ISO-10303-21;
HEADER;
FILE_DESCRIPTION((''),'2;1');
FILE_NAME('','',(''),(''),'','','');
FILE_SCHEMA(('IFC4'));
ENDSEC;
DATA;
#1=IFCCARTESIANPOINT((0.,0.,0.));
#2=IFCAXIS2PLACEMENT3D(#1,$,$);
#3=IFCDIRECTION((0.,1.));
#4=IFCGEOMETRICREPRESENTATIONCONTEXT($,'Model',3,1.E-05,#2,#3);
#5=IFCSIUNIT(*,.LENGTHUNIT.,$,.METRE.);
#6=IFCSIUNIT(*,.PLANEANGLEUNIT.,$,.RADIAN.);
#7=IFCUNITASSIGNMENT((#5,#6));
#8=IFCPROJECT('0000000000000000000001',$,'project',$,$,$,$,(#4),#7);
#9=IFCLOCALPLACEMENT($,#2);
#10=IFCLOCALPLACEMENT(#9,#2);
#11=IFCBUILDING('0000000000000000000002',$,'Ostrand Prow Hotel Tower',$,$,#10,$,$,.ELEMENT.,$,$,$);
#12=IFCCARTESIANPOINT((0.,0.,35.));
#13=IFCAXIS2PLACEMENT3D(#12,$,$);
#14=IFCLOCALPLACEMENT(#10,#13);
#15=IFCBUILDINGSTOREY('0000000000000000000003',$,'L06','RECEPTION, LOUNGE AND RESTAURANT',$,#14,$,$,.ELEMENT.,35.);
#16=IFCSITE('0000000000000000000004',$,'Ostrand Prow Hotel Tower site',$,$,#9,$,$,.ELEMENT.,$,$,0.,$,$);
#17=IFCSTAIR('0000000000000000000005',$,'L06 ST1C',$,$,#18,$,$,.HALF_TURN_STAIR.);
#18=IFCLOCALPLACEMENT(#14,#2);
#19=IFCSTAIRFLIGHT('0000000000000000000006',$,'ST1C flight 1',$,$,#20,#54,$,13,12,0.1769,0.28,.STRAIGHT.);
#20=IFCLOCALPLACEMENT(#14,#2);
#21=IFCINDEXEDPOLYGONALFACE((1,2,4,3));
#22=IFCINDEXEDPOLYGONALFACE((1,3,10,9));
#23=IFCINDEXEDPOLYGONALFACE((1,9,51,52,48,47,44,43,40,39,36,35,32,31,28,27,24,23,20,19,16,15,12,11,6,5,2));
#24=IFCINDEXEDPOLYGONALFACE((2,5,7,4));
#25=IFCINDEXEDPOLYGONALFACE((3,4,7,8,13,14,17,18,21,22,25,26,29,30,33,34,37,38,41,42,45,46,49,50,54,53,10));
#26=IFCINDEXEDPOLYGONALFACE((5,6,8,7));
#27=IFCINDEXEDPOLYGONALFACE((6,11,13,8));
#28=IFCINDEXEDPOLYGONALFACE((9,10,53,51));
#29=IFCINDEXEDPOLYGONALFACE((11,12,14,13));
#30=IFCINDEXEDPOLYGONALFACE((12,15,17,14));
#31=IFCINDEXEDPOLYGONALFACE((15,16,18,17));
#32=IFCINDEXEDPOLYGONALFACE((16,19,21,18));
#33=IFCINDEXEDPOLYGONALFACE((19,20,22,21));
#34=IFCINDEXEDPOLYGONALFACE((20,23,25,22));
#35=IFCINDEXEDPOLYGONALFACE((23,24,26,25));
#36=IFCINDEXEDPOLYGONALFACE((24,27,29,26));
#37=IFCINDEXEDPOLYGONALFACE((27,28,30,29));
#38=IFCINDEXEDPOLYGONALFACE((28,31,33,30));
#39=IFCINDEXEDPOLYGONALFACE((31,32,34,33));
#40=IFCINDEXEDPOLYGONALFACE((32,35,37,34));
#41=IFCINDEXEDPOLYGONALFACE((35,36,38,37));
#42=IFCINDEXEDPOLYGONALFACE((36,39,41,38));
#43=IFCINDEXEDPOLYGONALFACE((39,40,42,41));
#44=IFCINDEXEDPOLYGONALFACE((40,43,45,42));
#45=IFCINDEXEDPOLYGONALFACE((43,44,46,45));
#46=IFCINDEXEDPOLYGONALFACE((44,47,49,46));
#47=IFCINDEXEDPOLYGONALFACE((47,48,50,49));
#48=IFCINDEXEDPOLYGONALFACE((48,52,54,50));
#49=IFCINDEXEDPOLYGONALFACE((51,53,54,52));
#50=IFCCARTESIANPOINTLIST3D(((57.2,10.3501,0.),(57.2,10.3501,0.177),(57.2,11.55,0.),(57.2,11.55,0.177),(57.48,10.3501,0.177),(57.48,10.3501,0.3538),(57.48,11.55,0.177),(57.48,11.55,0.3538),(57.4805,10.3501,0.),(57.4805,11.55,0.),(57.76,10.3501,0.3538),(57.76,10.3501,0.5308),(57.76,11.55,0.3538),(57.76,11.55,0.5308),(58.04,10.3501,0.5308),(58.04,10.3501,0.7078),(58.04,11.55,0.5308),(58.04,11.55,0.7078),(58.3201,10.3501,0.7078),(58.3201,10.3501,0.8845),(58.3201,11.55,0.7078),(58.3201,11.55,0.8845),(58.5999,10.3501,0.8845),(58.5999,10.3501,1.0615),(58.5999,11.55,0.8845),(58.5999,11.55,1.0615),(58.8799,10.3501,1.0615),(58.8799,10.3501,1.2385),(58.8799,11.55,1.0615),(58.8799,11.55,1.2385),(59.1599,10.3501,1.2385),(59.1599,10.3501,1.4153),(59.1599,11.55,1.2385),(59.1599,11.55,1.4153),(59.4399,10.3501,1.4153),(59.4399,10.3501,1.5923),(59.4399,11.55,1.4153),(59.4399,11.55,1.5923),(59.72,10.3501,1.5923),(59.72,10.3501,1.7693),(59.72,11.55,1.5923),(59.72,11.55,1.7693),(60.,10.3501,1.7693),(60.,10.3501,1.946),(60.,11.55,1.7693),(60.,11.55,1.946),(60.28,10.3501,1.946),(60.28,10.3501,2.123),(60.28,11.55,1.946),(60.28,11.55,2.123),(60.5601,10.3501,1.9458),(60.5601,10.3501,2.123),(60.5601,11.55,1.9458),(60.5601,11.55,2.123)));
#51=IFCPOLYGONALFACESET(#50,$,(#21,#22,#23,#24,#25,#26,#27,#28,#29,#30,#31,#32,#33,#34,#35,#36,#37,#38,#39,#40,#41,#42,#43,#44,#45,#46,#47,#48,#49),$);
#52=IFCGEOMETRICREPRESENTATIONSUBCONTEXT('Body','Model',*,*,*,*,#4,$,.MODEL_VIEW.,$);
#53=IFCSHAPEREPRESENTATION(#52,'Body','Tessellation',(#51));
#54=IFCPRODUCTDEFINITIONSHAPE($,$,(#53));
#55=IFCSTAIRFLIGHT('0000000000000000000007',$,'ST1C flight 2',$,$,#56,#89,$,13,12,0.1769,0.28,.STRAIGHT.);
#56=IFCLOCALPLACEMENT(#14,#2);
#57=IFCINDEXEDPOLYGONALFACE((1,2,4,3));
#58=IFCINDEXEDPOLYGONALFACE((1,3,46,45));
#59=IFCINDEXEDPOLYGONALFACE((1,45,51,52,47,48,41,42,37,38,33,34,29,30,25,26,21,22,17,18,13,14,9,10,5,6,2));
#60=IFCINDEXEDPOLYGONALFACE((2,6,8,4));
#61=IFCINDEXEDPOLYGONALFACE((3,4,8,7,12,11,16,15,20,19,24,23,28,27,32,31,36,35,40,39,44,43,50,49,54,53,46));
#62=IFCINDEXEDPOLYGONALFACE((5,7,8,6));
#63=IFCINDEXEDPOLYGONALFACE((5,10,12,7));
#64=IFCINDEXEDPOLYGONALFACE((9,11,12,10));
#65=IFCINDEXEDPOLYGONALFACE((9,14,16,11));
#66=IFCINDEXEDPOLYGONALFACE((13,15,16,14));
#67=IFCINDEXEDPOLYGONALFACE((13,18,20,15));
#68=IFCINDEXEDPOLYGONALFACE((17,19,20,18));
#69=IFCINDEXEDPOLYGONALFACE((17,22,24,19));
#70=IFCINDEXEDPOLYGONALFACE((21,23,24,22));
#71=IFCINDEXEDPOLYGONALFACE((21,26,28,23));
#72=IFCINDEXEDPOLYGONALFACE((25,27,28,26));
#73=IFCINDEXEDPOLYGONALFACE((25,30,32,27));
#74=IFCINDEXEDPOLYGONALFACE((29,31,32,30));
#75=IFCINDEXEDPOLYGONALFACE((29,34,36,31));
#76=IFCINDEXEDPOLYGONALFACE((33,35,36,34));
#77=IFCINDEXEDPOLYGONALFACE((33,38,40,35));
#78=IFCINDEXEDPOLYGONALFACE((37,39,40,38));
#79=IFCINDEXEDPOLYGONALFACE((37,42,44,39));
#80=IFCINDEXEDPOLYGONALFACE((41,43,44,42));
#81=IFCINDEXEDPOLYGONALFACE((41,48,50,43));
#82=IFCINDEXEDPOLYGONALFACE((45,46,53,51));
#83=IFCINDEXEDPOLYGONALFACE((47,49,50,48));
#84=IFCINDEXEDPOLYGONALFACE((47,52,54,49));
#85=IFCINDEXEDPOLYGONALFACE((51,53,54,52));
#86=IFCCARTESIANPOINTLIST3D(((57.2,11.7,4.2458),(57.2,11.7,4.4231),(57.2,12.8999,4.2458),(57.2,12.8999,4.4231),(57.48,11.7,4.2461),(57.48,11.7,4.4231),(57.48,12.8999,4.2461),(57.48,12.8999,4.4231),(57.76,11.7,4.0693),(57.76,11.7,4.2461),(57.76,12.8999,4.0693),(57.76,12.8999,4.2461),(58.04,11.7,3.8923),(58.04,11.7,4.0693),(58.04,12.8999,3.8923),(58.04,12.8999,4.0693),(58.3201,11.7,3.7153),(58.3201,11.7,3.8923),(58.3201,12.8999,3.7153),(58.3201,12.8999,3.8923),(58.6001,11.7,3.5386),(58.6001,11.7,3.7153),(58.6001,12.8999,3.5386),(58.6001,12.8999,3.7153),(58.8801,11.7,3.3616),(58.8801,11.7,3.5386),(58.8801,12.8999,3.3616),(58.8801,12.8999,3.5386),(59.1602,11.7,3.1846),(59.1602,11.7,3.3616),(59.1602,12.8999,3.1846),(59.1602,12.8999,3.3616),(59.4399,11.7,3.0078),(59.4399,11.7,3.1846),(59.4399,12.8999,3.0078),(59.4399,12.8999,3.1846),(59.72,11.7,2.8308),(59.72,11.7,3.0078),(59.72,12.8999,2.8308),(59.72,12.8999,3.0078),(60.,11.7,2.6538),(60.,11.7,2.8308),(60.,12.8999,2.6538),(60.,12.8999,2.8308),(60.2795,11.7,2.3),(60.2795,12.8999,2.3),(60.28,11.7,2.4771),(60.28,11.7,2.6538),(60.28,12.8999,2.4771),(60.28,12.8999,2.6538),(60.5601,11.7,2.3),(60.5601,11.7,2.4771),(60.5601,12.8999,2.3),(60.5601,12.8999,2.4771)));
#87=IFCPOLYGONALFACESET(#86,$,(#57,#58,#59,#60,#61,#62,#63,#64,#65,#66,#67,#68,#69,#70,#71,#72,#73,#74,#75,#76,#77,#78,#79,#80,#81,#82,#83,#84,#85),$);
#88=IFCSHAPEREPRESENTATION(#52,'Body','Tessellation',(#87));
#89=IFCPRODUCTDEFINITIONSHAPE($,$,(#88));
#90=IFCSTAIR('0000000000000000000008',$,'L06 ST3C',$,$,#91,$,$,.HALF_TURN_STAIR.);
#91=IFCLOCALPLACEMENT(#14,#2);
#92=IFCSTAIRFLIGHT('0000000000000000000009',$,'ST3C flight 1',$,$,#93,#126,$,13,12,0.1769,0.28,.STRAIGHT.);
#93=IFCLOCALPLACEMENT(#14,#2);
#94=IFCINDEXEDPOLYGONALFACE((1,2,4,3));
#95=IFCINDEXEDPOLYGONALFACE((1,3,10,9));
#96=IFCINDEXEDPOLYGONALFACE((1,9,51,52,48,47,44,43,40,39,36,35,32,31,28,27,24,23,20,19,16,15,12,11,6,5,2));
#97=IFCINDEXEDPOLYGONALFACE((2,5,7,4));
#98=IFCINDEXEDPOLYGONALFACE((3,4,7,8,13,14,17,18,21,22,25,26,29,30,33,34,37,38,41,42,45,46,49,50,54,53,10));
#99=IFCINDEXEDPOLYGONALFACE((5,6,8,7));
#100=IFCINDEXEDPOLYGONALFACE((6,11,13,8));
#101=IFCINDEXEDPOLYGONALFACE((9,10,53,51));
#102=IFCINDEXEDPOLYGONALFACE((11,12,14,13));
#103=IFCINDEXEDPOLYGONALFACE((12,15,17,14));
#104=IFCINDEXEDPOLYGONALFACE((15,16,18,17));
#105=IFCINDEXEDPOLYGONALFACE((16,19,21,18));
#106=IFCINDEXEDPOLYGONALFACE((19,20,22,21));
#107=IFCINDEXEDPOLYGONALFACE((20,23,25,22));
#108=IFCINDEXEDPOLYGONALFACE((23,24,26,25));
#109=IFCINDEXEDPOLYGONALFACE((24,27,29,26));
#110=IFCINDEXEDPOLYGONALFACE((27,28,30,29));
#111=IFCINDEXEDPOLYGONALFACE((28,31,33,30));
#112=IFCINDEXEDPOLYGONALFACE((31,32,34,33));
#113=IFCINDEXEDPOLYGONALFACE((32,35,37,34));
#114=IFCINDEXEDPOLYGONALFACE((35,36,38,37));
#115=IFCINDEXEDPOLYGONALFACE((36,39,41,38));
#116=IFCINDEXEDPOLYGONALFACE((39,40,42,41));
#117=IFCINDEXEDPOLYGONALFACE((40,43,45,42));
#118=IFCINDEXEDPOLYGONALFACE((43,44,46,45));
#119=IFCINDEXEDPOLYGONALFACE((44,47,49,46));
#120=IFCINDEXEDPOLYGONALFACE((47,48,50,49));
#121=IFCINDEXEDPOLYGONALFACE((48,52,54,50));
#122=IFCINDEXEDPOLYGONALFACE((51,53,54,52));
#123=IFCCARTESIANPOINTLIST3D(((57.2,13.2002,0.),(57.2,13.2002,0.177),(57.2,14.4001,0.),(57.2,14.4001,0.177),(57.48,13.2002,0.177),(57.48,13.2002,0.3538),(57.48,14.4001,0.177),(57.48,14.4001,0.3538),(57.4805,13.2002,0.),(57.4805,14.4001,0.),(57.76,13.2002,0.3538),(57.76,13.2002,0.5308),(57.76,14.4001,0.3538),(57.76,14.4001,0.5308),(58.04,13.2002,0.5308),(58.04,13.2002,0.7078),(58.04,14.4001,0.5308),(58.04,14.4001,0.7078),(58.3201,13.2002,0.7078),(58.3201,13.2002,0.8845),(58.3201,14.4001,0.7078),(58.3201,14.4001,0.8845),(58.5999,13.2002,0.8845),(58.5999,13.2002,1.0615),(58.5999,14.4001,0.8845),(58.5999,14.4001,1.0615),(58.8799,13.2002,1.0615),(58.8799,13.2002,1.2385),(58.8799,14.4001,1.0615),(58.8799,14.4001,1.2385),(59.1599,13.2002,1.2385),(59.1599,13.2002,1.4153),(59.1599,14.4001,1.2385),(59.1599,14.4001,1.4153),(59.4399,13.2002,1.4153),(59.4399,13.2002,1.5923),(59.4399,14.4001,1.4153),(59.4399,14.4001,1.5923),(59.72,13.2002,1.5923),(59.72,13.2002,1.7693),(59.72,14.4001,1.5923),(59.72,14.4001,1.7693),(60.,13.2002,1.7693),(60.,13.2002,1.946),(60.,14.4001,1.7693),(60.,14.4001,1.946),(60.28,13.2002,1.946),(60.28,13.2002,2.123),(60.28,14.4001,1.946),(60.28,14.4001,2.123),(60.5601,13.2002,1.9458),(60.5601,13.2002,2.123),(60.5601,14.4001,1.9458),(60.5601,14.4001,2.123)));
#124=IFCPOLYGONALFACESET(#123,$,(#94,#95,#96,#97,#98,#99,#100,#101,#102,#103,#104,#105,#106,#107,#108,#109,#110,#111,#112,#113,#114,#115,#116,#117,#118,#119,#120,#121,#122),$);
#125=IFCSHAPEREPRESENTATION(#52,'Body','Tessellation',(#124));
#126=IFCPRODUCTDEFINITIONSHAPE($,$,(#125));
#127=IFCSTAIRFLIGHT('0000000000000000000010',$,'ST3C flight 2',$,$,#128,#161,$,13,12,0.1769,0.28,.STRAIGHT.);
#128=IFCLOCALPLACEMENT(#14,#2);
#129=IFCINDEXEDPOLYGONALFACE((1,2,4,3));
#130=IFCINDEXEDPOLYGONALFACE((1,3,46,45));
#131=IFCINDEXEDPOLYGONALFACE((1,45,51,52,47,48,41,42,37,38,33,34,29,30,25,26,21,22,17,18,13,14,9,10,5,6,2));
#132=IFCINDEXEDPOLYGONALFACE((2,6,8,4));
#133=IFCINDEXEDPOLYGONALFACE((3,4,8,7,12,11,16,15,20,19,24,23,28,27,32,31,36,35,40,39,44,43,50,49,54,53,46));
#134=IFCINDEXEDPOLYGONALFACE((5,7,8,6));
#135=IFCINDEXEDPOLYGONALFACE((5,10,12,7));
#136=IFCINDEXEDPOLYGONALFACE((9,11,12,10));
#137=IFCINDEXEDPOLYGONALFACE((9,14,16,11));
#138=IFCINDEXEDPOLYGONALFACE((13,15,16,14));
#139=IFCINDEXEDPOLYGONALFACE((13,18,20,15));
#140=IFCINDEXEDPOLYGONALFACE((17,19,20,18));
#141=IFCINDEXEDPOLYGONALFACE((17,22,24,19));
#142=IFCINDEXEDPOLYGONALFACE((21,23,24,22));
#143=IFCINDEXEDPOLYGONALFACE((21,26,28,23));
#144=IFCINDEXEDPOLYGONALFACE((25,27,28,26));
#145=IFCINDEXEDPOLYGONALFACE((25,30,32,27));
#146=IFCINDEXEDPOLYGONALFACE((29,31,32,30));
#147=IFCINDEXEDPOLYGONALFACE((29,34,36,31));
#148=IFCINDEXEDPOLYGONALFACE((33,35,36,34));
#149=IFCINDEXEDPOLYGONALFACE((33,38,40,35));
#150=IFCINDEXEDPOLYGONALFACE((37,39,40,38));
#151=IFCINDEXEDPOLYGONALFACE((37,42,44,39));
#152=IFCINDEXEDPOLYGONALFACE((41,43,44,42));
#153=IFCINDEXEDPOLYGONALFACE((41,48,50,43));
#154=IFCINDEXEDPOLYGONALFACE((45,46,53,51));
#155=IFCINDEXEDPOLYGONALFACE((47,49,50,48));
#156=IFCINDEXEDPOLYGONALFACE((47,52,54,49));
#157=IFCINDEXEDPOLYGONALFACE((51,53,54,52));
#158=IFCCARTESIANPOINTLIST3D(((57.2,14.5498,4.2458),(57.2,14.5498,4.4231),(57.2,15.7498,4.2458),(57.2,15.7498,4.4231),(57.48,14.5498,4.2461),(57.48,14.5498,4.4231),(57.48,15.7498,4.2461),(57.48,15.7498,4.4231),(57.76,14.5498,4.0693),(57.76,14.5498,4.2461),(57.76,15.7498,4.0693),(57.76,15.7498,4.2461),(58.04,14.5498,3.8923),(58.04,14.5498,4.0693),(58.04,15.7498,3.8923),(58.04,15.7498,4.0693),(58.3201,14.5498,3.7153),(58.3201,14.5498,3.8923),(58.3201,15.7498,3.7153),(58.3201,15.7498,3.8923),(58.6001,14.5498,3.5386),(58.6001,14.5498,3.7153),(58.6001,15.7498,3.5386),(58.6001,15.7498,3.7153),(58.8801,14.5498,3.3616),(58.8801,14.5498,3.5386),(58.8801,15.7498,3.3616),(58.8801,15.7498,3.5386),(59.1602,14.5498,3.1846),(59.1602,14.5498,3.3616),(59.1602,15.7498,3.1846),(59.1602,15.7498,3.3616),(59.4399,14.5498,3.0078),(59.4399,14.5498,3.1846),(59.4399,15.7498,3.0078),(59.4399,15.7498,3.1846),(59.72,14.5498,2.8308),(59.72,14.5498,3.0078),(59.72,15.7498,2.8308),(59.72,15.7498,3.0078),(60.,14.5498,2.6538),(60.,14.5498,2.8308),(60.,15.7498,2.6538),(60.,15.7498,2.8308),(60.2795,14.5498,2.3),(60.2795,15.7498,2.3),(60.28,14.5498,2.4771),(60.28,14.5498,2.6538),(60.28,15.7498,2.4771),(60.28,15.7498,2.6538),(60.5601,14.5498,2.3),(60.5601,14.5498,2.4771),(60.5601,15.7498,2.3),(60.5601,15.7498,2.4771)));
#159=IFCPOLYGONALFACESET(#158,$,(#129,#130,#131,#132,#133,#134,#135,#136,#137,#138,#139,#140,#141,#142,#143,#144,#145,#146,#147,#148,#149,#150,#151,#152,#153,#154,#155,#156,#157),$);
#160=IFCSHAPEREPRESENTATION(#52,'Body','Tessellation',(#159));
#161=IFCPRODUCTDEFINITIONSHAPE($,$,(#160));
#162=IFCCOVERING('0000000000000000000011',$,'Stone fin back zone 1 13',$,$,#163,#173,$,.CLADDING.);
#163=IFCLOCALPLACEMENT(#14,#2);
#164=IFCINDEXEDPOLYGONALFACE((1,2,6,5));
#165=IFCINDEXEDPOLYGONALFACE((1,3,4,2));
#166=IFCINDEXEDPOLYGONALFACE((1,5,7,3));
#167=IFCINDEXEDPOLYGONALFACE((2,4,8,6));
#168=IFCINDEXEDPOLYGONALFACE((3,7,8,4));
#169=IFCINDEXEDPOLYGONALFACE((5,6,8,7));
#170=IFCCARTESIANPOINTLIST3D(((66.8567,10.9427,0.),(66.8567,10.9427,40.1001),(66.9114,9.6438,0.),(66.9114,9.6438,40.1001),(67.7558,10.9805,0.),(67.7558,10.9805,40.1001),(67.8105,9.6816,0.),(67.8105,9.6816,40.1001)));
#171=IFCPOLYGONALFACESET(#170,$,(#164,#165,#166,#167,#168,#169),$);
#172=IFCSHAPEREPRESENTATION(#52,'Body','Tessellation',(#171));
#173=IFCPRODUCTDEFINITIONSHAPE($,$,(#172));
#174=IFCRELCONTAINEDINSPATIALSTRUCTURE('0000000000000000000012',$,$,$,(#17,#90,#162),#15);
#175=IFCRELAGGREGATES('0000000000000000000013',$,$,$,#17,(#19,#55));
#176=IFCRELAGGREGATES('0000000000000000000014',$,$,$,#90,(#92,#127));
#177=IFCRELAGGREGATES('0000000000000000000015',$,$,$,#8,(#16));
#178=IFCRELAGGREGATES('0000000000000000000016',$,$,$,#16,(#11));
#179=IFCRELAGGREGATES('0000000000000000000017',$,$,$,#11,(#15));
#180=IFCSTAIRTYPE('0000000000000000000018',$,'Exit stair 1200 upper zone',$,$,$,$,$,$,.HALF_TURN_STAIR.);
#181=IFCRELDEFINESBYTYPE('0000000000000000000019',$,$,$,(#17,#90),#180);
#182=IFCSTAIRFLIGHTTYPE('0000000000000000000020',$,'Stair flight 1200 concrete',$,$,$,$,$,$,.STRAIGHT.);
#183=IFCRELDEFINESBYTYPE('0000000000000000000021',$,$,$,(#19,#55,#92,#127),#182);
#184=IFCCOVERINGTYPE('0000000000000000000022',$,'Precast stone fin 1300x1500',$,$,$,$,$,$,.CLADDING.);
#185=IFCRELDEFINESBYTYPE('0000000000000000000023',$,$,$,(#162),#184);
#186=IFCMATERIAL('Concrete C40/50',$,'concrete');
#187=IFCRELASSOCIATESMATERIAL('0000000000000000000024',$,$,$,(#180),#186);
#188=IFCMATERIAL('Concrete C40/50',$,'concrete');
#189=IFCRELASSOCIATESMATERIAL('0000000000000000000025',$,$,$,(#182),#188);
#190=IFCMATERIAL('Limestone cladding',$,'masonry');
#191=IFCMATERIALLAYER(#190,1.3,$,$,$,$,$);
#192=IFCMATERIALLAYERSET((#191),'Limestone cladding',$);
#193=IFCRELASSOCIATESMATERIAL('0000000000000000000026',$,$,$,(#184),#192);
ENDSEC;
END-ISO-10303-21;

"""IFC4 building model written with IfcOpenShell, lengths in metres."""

from ifc_helpers import new_model, si_unit, direction, frame, frame_2d, origin, place, context, subcontext, project, spatial, polyline, rectangle, outline, extrude, material, layer, layer_set, type_object, element, aggregate, save


model = new_model("IFC4")

# Units and contexts
model_context = context("Model", 3, precision=1e-05, world=origin(), true_north=direction((0.0, 1.0)))
body_context = subcontext(model_context, "Body", "Model", "MODEL_VIEW")
ifc_project = project(units=[si_unit("LENGTHUNIT", "METRE"), si_unit("PLANEANGLEUNIT", "RADIAN")], contexts=[model_context])

# Site, building, storey
site_placement = place(None, origin())
site = spatial("IfcSite", under=ifc_project, at=site_placement, Name="Ostrand Prow Hotel Tower site", CompositionType="ELEMENT", RefElevation=0.0)
building_placement = place(site_placement, origin())
building = spatial("IfcBuilding", under=site, at=building_placement, Name="Ostrand Prow Hotel Tower", CompositionType="ELEMENT")
storey_placement = place(building_placement, frame((0.0, 0.0, 35.0)))
storey = spatial("IfcBuildingStorey", under=building, at=storey_placement, Name="L06", Description="RECEPTION, LOUNGE AND RESTAURANT", CompositionType="ELEMENT", Elevation=35.0)

# Stairs, stair flights
ifc_material_1 = material(Name="Concrete C40/50", Category="concrete")
stair_type = type_object("IfcStairType", Name="Exit stair 1200 upper zone", PredefinedType="HALF_TURN_STAIR", material=ifc_material_1)
stair_1_placement = place(storey_placement, origin())
stair_1 = element("IfcStair", 1, at=stair_1_placement, inside=storey, type_object=stair_type, Name="L06 ST1C", PredefinedType="HALF_TURN_STAIR")
ifc_material_2 = material(Name="Concrete C40/50", Category="concrete")
stair_flight_type = type_object("IfcStairFlightType", Name="Stair flight 1200 concrete", PredefinedType="STRAIGHT", material=ifc_material_2)
stair_flight_1_placement = place(storey_placement, frame((57.2, 10.95, 0.0), z_axis=(0.0, 0.0, 1.0), x_axis=(1.0, 0.0, 0.0)))
stair_flight_1 = element("IfcStairFlight", 2, at=stair_flight_1_placement, type_object=stair_flight_type, Name="ST1C flight 1", NumberOfRisers=13, NumberOfTreads=12, PredefinedType="STRAIGHT", RiserHeight=0.1769, TreadLength=0.28, context=body_context, shape_type="SweptSolid", body=[
    extrude(outline(polyline([(0.0, 0.0), (0.0, 0.177), (0.28, 0.177), (0.28, 0.3538), (0.5601, 0.3538), (0.5601, 0.5308), (0.8401, 0.5308), (0.8401, 0.7078), (1.1201, 0.7078), (1.1201, 0.8845), (1.3999, 0.8845), (1.3999, 1.0615), (1.6799, 1.0615), (1.6799, 1.2385), (1.96, 1.2385), (1.96, 1.4153), (2.24, 1.4153), (2.24, 1.5923), (2.52, 1.5923), (2.52, 1.7693), (2.8, 1.7693), (2.8, 1.946), (3.0801, 1.946), (3.0801, 2.123), (3.3601, 2.123), (3.3601, 2.3), (3.3601, 1.9458), (0.2805, 0.0), (0.0, 0.0)])), frame((0.0, 0.6001, 0.0), z_axis=(0.0, -1.0, 0.0), x_axis=(1.0, 0.0, 0.0)), (0.0, 0.0, 1.0), 1.2),
])
stair_flight_2_placement = place(storey_placement, frame((60.5601, 12.3, 2.3), z_axis=(0.0, 0.0, 1.0), x_axis=(-1.0, 0.0, 0.0)))
stair_flight_2 = element("IfcStairFlight", 3, at=stair_flight_2_placement, type_object=stair_flight_type, Name="ST1C flight 2", NumberOfRisers=13, NumberOfTreads=12, PredefinedType="STRAIGHT", RiserHeight=0.1769, TreadLength=0.28, context=body_context, shape_type="SweptSolid", body=[
    extrude(outline(polyline([(0.0, 0.0), (0.0, 0.177), (0.28, 0.177), (0.28, 0.3538), (0.5601, 0.3538), (0.5601, 0.5308), (0.8401, 0.5308), (0.8401, 0.7078), (1.1201, 0.7078), (1.1201, 0.8845), (1.3999, 0.8845), (1.3999, 1.0615), (1.6799, 1.0615), (1.6799, 1.2385), (1.96, 1.2385), (1.96, 1.4153), (2.24, 1.4153), (2.24, 1.5923), (2.52, 1.5923), (2.52, 1.7693), (2.8, 1.7693), (2.8, 1.946), (3.0801, 1.946), (3.0801, 2.123), (3.3601, 2.123), (3.3601, 2.3), (3.3601, 1.9458), (0.2805, 0.0), (0.0, 0.0)])), frame((0.0, 0.6001, 0.0), z_axis=(0.0, -1.0, 0.0), x_axis=(1.0, 0.0, 0.0)), (0.0, 0.0, 1.0), 1.2),
])
aggregate(stair_1, [stair_flight_1, stair_flight_2])
stair_2_placement = place(storey_placement, origin())
stair_2 = element("IfcStair", 4, at=stair_2_placement, inside=storey, type_object=stair_type, Name="L06 ST3C", PredefinedType="HALF_TURN_STAIR")
stair_flight_3_placement = place(storey_placement, frame((57.2, 13.8, 0.0), z_axis=(0.0, 0.0, 1.0), x_axis=(1.0, 0.0, 0.0)))
stair_flight_3 = element("IfcStairFlight", 5, at=stair_flight_3_placement, type_object=stair_flight_type, Name="ST3C flight 1", NumberOfRisers=13, NumberOfTreads=12, PredefinedType="STRAIGHT", RiserHeight=0.1769, TreadLength=0.28, context=body_context, shape_type="SweptSolid", body=[
    extrude(outline(polyline([(0.0, 0.0), (0.0, 0.177), (0.28, 0.177), (0.28, 0.3538), (0.5601, 0.3538), (0.5601, 0.5308), (0.8401, 0.5308), (0.8401, 0.7078), (1.1201, 0.7078), (1.1201, 0.8845), (1.3999, 0.8845), (1.3999, 1.0615), (1.6799, 1.0615), (1.6799, 1.2385), (1.96, 1.2385), (1.96, 1.4153), (2.24, 1.4153), (2.24, 1.5923), (2.52, 1.5923), (2.52, 1.7693), (2.8, 1.7693), (2.8, 1.946), (3.0801, 1.946), (3.0801, 2.123), (3.3601, 2.123), (3.3601, 2.3), (3.3601, 1.9458), (0.2805, 0.0), (0.0, 0.0)])), frame((0.0, 0.6001, 0.0), z_axis=(0.0, -1.0, 0.0), x_axis=(1.0, 0.0, 0.0)), (0.0, 0.0, 1.0), 1.2),
])
stair_flight_4_placement = place(storey_placement, frame((60.5601, 15.1499, 2.3), z_axis=(0.0, 0.0, 1.0), x_axis=(-1.0, 0.0, 0.0)))
stair_flight_4 = element("IfcStairFlight", 6, at=stair_flight_4_placement, type_object=stair_flight_type, Name="ST3C flight 2", NumberOfRisers=13, NumberOfTreads=12, PredefinedType="STRAIGHT", RiserHeight=0.1769, TreadLength=0.28, context=body_context, shape_type="SweptSolid", body=[
    extrude(outline(polyline([(0.0, 0.0), (0.0, 0.177), (0.28, 0.177), (0.28, 0.3538), (0.5601, 0.3538), (0.5601, 0.5308), (0.8401, 0.5308), (0.8401, 0.7078), (1.1201, 0.7078), (1.1201, 0.8845), (1.3999, 0.8845), (1.3999, 1.0615), (1.6799, 1.0615), (1.6799, 1.2385), (1.96, 1.2385), (1.96, 1.4153), (2.24, 1.4153), (2.24, 1.5923), (2.52, 1.5923), (2.52, 1.7693), (2.8, 1.7693), (2.8, 1.946), (3.0801, 1.946), (3.0801, 2.123), (3.3601, 2.123), (3.3601, 2.3), (3.3601, 1.9458), (0.2805, 0.0), (0.0, 0.0)])), frame((0.0, 0.6001, 0.0), z_axis=(0.0, -1.0, 0.0), x_axis=(1.0, 0.0, 0.0)), (0.0, 0.0, 1.0), 1.2),
])
aggregate(stair_2, [stair_flight_3, stair_flight_4])

# Covering
ifc_material_3 = material(Name="Limestone cladding", Category="masonry")
ifc_layer_1 = layer(ifc_material_3, 1.3)
ifc_layer_set_1 = layer_set([ifc_layer_1], Name="Limestone cladding")
covering_type = type_object("IfcCoveringType", Name="Precast stone fin 1300x1500", PredefinedType="CLADDING", material=ifc_layer_set_1)
covering_placement = place(storey_placement, frame((66.884, 10.2932, 0.0), z_axis=(0.0, 0.0, 1.0), x_axis=(0.999116, 0.042048, 0.0)))
element("IfcCovering", 7, at=covering_placement, inside=storey, type_object=covering_type, Name="Stone fin back zone 1 13", PredefinedType="CLADDING", context=body_context, shape_type="SweptSolid", body=[
    extrude(rectangle(XDim=0.8999, YDim=1.3, at=frame_2d((0.45, 0.0))), origin(), (0.0, 0.0, 1.0), 40.1001),
])

save(model, "model.ifc")
